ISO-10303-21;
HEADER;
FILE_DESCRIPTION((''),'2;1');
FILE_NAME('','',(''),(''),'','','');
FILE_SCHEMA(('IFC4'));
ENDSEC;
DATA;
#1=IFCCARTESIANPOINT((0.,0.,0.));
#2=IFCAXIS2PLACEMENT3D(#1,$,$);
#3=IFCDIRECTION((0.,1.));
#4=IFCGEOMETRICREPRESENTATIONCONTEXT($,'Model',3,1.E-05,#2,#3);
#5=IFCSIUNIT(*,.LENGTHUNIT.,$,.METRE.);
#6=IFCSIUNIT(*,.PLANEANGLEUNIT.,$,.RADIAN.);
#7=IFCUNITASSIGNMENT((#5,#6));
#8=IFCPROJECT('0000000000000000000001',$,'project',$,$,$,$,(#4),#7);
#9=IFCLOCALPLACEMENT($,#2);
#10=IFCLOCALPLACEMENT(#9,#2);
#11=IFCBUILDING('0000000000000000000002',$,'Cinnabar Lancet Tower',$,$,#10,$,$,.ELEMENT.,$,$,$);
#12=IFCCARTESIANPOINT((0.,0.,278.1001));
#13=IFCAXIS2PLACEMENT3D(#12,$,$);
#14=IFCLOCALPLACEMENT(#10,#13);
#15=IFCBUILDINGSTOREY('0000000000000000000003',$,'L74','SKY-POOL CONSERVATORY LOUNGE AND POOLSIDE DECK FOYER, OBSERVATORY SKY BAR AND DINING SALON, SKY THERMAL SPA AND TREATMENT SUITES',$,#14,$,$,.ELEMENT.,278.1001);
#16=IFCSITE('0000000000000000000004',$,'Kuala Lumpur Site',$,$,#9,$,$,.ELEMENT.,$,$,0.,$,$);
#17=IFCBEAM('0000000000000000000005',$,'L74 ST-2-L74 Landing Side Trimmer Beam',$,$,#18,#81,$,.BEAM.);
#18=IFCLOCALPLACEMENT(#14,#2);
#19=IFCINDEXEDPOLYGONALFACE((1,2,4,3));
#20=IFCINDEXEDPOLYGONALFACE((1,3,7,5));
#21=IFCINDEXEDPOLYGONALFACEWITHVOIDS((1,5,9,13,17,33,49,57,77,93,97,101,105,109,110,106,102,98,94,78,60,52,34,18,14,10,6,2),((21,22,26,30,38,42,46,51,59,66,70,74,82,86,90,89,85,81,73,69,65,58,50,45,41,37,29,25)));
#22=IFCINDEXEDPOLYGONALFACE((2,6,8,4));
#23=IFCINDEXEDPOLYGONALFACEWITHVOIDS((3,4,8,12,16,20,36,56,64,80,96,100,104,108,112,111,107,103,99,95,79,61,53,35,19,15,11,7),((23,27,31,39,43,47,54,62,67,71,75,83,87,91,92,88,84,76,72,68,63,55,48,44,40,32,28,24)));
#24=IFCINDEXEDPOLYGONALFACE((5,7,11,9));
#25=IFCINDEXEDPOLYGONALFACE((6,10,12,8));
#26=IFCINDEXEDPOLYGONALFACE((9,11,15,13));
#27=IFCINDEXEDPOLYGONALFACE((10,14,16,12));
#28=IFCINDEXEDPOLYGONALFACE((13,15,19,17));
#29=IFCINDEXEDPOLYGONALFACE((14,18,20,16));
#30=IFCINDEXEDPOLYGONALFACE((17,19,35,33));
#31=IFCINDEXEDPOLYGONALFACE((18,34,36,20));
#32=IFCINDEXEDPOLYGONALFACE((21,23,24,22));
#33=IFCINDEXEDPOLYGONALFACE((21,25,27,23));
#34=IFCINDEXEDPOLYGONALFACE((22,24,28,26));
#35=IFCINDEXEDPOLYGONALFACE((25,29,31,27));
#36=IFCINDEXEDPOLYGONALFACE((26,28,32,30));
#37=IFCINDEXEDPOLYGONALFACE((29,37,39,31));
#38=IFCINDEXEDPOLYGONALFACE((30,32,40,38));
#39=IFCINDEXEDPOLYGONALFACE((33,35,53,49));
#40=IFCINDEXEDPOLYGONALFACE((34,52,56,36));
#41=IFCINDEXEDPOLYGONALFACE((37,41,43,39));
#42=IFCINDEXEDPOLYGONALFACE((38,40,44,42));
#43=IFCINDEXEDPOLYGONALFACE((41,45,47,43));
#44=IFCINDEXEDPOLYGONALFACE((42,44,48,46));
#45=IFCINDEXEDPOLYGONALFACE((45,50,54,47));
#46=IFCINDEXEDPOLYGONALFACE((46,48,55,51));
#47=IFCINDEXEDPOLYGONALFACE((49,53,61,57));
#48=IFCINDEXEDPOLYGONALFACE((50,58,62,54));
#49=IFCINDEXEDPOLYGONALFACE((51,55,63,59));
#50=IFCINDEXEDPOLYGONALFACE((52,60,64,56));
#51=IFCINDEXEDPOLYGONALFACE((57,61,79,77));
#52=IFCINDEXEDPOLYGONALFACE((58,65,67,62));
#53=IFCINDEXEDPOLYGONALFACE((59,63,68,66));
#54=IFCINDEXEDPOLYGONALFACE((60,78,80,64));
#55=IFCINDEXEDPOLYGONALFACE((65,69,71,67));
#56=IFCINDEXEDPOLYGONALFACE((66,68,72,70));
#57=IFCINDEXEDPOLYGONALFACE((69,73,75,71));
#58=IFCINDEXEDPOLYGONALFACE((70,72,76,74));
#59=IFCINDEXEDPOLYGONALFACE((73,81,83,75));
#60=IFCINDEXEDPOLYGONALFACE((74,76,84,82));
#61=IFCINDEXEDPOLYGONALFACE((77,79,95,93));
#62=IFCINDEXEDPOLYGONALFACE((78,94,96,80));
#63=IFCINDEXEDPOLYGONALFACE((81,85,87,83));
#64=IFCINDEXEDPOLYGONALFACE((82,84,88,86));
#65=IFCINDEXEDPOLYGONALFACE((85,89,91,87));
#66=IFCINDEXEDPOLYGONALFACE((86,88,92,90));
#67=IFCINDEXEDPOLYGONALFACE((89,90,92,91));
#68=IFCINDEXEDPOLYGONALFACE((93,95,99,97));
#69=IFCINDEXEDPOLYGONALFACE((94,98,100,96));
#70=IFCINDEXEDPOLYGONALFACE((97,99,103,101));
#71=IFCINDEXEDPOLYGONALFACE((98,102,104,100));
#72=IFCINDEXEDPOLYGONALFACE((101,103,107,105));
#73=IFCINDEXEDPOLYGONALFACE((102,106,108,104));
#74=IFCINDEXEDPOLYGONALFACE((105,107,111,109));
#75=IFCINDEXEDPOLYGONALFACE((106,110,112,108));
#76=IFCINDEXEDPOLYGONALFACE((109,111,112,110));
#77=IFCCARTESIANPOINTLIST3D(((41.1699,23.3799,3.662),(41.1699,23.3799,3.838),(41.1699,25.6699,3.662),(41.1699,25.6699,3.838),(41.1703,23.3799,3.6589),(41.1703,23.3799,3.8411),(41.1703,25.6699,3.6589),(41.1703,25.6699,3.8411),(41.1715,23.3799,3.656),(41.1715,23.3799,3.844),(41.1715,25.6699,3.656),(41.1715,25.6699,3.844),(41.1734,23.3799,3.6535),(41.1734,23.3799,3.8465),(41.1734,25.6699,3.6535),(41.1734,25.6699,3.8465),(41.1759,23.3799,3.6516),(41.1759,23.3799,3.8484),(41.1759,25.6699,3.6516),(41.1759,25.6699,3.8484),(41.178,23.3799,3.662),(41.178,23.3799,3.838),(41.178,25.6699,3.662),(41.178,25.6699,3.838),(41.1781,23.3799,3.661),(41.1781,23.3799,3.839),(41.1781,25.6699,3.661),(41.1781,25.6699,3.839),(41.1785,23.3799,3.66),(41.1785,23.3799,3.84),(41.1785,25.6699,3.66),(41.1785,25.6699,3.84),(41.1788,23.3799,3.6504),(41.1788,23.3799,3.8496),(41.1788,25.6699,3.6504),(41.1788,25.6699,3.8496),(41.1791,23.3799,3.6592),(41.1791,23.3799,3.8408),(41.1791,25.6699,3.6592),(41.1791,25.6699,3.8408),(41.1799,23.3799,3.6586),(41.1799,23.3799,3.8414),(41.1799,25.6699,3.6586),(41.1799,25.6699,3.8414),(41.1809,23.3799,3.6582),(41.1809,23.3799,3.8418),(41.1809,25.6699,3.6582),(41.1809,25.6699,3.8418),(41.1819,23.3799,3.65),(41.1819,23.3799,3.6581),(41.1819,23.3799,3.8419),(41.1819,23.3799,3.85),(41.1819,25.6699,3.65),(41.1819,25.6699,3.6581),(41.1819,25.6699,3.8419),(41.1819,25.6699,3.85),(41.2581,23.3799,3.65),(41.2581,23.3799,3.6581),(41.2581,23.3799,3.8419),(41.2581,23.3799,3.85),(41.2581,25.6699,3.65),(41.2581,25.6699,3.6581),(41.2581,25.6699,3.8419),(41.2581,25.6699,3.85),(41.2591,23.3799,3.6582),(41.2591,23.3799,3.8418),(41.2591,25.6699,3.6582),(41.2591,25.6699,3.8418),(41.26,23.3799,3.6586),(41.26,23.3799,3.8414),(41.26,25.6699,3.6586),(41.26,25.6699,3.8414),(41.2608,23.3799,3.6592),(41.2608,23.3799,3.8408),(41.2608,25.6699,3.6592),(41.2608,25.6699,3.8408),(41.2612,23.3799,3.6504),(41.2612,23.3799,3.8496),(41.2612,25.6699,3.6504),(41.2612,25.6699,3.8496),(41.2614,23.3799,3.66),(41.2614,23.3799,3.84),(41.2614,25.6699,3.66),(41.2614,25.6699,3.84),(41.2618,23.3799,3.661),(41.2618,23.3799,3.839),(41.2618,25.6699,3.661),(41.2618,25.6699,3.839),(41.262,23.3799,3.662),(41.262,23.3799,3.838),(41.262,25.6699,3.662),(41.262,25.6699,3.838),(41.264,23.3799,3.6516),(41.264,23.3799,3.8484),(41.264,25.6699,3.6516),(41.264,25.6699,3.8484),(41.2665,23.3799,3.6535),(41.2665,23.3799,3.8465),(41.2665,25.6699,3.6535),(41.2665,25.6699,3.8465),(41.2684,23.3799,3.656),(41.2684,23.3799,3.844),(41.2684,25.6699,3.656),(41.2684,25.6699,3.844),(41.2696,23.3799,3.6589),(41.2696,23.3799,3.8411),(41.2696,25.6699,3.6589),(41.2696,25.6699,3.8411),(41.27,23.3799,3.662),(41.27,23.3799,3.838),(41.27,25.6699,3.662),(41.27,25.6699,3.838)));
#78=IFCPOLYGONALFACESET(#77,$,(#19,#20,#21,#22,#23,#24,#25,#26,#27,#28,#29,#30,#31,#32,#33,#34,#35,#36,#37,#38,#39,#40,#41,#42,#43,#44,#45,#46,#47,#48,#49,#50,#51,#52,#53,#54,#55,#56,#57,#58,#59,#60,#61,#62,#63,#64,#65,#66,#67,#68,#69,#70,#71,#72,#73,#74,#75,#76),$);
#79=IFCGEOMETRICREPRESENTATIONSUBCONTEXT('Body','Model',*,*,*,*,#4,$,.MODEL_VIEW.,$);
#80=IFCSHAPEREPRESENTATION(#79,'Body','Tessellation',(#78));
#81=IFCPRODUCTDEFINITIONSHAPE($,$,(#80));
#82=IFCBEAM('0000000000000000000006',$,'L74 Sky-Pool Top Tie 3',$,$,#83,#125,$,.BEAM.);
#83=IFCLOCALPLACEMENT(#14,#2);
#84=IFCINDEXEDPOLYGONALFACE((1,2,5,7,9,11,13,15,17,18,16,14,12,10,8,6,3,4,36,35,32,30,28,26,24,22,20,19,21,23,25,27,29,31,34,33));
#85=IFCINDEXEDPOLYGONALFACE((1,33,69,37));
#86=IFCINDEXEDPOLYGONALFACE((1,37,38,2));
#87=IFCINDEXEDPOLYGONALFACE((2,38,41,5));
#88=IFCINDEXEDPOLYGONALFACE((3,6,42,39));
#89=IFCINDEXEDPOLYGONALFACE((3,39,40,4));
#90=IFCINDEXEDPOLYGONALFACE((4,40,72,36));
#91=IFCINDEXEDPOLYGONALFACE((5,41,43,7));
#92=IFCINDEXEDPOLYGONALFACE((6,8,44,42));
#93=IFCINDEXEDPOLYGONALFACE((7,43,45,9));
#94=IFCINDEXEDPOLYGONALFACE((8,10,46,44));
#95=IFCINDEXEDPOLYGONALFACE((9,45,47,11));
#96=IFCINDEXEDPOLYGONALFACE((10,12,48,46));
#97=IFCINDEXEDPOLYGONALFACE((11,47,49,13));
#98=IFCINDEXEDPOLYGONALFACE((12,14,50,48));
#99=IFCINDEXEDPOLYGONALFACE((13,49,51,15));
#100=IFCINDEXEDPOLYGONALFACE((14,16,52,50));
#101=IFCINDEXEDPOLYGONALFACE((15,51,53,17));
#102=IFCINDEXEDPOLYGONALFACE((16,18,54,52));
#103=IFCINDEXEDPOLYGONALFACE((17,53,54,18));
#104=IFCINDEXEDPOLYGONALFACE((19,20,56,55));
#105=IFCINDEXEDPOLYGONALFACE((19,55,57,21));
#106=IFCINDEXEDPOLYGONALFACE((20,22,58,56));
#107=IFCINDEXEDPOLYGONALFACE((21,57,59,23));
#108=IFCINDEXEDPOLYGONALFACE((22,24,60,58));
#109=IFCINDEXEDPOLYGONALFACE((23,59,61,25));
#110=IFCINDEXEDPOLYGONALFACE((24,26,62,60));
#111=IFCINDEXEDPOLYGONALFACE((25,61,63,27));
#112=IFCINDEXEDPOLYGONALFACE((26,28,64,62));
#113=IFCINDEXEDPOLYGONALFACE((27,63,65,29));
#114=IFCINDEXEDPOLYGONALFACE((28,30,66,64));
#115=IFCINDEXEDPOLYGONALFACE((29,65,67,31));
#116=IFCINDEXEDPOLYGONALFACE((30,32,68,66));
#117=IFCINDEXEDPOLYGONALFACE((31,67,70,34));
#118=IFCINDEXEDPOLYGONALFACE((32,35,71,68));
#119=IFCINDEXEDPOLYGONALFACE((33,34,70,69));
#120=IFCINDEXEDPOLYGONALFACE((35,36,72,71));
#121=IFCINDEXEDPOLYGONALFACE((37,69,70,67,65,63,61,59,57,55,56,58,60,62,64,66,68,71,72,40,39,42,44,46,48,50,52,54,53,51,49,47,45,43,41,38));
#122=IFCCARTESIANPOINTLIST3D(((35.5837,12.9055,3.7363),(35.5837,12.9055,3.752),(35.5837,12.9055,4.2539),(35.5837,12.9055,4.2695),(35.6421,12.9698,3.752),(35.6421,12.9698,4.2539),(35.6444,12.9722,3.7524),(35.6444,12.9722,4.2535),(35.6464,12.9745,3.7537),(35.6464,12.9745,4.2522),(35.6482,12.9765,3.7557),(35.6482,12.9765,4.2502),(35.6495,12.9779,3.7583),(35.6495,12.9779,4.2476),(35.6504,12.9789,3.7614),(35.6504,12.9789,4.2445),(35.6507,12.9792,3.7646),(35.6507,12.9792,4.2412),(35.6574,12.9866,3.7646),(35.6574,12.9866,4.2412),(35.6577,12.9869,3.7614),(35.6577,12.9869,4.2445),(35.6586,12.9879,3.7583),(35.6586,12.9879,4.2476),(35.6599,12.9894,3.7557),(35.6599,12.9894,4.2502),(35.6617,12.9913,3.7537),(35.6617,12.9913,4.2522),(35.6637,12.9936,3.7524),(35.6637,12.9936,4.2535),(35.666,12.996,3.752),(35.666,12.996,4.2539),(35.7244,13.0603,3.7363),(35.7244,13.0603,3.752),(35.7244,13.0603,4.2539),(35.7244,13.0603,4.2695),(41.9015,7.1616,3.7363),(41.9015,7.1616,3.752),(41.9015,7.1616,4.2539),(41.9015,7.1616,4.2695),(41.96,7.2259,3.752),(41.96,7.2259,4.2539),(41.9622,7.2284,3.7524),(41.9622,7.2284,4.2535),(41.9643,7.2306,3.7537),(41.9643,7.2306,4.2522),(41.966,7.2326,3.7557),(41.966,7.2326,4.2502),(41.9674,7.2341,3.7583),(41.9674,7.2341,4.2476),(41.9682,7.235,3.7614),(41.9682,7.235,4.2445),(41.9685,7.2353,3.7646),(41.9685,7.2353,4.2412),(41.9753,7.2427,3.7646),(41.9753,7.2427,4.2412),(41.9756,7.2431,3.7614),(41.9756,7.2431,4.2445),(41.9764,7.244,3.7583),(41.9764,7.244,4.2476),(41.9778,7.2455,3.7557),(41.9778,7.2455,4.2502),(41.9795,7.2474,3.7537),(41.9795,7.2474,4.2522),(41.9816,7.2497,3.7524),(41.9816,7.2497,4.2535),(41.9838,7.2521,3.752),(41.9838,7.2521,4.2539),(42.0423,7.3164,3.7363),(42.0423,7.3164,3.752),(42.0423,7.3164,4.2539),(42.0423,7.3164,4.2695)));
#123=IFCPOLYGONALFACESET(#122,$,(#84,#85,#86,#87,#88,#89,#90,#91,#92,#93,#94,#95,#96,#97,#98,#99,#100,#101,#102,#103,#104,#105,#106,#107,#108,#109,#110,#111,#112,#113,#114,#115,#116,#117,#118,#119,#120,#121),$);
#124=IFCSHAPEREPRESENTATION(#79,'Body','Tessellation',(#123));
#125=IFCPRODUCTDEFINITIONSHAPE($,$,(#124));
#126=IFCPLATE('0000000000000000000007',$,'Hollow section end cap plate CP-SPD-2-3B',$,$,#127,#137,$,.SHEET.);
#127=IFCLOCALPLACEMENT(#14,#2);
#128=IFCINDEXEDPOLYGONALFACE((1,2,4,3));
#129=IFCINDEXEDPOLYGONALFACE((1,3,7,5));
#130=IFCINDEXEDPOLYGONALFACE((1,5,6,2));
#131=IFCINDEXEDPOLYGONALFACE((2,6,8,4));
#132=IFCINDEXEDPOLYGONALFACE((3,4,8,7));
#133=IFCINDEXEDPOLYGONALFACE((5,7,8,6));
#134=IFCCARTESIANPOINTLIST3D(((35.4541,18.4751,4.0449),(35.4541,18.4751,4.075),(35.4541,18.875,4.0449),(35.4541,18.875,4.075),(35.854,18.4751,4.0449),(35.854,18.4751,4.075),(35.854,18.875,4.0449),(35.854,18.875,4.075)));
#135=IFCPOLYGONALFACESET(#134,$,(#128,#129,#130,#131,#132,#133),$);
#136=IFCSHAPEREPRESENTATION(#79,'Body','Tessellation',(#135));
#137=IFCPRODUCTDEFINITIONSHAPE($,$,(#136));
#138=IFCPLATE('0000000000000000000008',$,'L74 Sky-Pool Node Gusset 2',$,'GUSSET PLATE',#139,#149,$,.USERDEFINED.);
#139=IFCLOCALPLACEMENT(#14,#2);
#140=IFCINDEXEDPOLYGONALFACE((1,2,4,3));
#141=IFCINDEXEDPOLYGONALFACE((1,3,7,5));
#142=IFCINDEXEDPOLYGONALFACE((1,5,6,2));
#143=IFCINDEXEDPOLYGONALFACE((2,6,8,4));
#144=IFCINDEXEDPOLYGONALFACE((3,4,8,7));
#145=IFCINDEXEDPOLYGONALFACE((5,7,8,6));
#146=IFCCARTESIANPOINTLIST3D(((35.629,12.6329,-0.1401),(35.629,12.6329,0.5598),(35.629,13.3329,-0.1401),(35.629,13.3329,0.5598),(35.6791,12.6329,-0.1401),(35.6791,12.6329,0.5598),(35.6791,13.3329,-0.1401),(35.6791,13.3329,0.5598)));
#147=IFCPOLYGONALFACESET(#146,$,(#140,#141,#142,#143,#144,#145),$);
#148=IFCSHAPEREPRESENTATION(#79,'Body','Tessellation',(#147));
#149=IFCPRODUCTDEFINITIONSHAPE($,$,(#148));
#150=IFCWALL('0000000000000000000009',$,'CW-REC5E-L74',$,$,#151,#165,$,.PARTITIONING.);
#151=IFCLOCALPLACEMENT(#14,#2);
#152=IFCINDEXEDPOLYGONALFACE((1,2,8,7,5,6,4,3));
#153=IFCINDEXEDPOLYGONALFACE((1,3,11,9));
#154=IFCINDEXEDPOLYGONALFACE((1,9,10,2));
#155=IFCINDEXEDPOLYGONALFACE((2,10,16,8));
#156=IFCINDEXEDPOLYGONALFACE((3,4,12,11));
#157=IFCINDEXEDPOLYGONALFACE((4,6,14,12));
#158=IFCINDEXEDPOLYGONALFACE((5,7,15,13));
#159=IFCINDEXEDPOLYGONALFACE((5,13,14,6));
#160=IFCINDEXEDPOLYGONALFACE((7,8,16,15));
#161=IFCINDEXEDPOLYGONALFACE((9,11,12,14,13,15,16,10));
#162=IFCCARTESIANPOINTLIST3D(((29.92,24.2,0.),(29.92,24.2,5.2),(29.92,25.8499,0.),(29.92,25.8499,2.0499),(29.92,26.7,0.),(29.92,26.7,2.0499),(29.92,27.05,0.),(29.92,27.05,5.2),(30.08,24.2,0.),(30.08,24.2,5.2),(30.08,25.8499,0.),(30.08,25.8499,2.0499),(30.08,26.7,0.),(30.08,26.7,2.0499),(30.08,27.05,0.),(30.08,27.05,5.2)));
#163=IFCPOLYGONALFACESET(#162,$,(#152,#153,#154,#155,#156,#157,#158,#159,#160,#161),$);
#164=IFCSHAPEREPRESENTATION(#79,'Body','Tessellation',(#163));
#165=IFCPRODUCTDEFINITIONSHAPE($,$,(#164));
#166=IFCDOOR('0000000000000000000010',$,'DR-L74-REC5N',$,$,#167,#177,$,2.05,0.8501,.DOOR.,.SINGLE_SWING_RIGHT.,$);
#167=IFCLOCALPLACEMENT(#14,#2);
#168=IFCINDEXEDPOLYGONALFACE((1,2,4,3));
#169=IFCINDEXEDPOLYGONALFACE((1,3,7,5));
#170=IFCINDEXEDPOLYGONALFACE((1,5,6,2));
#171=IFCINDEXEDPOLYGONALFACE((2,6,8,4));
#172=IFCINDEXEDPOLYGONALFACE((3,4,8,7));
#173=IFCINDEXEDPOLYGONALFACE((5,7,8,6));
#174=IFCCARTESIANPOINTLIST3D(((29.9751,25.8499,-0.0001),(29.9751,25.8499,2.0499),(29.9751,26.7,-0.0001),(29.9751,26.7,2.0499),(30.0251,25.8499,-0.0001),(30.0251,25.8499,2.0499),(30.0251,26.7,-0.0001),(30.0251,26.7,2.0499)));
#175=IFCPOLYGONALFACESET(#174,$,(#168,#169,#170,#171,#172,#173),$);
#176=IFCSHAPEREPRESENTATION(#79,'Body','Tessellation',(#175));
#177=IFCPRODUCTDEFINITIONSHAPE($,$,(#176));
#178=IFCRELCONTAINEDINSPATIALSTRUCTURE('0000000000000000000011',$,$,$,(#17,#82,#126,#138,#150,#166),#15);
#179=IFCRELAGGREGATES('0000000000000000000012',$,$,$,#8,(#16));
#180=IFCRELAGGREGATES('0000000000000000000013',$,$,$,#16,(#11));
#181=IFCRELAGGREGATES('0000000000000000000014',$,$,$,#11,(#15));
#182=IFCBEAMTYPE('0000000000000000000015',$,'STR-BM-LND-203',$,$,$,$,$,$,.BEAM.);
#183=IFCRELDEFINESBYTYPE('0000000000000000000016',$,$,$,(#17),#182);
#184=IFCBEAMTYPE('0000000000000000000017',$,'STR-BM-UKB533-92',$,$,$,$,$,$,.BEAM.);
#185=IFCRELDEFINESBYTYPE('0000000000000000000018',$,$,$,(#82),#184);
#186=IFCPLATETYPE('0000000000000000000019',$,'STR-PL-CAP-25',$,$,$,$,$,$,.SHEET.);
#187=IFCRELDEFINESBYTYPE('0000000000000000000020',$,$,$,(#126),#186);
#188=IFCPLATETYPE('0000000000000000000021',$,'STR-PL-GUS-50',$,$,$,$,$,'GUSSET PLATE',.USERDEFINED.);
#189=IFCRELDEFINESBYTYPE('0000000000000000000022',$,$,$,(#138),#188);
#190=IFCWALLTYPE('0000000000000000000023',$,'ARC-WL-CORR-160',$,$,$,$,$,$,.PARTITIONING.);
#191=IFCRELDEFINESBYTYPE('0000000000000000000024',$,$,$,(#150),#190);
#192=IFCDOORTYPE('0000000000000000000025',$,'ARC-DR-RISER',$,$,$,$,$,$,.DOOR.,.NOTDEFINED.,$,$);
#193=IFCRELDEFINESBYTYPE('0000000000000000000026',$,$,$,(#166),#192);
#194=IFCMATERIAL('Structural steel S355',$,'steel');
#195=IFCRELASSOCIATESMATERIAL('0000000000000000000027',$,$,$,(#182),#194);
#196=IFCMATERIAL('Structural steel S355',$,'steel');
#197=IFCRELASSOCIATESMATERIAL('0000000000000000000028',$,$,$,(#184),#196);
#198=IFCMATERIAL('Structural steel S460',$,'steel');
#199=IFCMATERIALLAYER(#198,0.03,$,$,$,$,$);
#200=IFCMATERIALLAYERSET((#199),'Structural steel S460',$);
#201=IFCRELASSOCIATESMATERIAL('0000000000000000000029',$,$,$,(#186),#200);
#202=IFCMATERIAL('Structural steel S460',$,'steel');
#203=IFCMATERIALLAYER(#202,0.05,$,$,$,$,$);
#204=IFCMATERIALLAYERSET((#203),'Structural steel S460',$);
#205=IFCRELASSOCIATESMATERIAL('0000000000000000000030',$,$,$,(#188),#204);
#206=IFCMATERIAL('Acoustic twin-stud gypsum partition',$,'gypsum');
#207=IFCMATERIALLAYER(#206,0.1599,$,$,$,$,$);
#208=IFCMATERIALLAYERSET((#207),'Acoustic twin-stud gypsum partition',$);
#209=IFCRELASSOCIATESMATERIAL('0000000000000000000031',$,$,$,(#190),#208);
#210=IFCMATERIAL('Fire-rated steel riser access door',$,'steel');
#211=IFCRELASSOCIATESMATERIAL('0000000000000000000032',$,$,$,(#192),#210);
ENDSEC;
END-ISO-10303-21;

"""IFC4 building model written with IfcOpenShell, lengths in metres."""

from ifc_helpers import new_model, si_unit, direction, frame, frame_2d, origin, origin_2d, place, context, subcontext, project, spatial, rectangle, hollow_rectangle, i_section, extrude, material, layer, layer_set, material_profile, profile_set, type_object, element, fill, save


model = new_model("IFC4")

# Units and contexts
model_context = context("Model", 3, precision=1e-05, world=origin(), true_north=direction((0.0, 1.0)))
body_context = subcontext(model_context, "Body", "Model", "MODEL_VIEW")
ifc_project = project(units=[si_unit("LENGTHUNIT", "METRE"), si_unit("PLANEANGLEUNIT", "RADIAN")], contexts=[model_context])

# Site, building, storey
site_placement = place(None, origin())
site = spatial("IfcSite", under=ifc_project, at=site_placement, Name="Kuala Lumpur Site", CompositionType="ELEMENT", RefElevation=0.0)
building_placement = place(site_placement, origin())
building = spatial("IfcBuilding", under=site, at=building_placement, Name="Cinnabar Lancet Tower", CompositionType="ELEMENT")
storey_placement = place(building_placement, frame((0.0, 0.0, 278.1001)))
storey = spatial("IfcBuildingStorey", under=building, at=storey_placement, Name="L74", Description="SKY-POOL CONSERVATORY LOUNGE AND POOLSIDE DECK FOYER, OBSERVATORY SKY BAR AND DINING SALON, SKY THERMAL SPA AND TREATMENT SUITES", CompositionType="ELEMENT", Elevation=278.1001)

# Beams
ifc_material_1 = material(Name="Structural steel S355", Category="steel")
ifc_material_profile_1 = material_profile(ifc_material_1, hollow_rectangle(XDim=0.1001, YDim=0.2, WallThickness=0.0081, InnerFilletRadius=0.0039, OuterFilletRadius=0.012, at=origin_2d()), Name="RHS 200x100x8")
ifc_profile_set_1 = profile_set([ifc_material_profile_1], Name="Structural steel S355")
beam_type_1 = type_object("IfcBeamType", Name="STR-BM-LND-203", PredefinedType="BEAM", material=ifc_profile_set_1)
beam_1_placement = place(storey_placement, frame((41.22, 23.3799, 3.75), z_axis=(0.0, 1.0, 0.0), x_axis=(-1.0, 0.0, 0.0)))
element("IfcBeam", 1, at=beam_1_placement, inside=storey, type_object=beam_type_1, Name="L74 ST-2-L74 Landing Side Trimmer Beam", PredefinedType="BEAM", context=body_context, shape_type="SweptSolid", body=[
    extrude(hollow_rectangle(XDim=0.1001, YDim=0.2, WallThickness=0.0081, InnerFilletRadius=0.0039, OuterFilletRadius=0.012, at=origin_2d()), origin(), (0.0, 0.0, 1.0), 2.29),
])
ifc_material_2 = material(Name="Structural steel S355", Category="steel")
ifc_material_profile_2 = material_profile(ifc_material_2, i_section(OverallWidth=0.2092, OverallDepth=0.5332, WebThickness=0.01, FlangeThickness=0.0156, FilletRadius=0.0127, at=origin_2d()), Name="UKB 533x210x92")
ifc_profile_set_2 = profile_set([ifc_material_profile_2], Name="Structural steel S355")
beam_type_2 = type_object("IfcBeamType", Name="STR-BM-UKB533-92", PredefinedType="BEAM", material=ifc_profile_set_2)
beam_2_placement = place(storey_placement, frame((35.6541, 12.9829, 4.0029), z_axis=(0.739918, -0.672697, 0.0), x_axis=(0.672697, 0.739918, 0.0)))
element("IfcBeam", 2, at=beam_2_placement, inside=storey, type_object=beam_type_2, Name="L74 Sky-Pool Top Tie 3", PredefinedType="BEAM", context=body_context, shape_type="SweptSolid", body=[
    extrude(i_section(OverallWidth=0.2092, OverallDepth=0.5332, WebThickness=0.01, FlangeThickness=0.0156, FilletRadius=0.0127, at=origin_2d()), origin(), (0.0, 0.0, 1.0), 8.5386),
])

# Plates
ifc_material_3 = material(Name="Structural steel S460", Category="steel")
ifc_layer_1 = layer(ifc_material_3, 0.03)
ifc_layer_set_1 = layer_set([ifc_layer_1], Name="Structural steel S460")
plate_type_1 = type_object("IfcPlateType", Name="STR-PL-CAP-25", PredefinedType="SHEET", material=ifc_layer_set_1)
plate_1_placement = place(storey_placement, frame((35.6541, 18.675, 4.0449), z_axis=(0.0, 0.0, 1.0), x_axis=(0.0, 1.0, 0.0)))
element("IfcPlate", 3, at=plate_1_placement, inside=storey, type_object=plate_type_1, Name="Hollow section end cap plate CP-SPD-2-3B", PredefinedType="SHEET", context=body_context, shape_type="SweptSolid", body=[
    extrude(rectangle(XDim=0.3999, YDim=0.3999, at=origin_2d()), origin(), (0.0, 0.0, 1.0), 0.03),
])
ifc_material_4 = material(Name="Structural steel S460", Category="steel")
ifc_layer_2 = layer(ifc_material_4, 0.05)
ifc_layer_set_2 = layer_set([ifc_layer_2], Name="Structural steel S460")
plate_type_2 = type_object("IfcPlateType", Name="STR-PL-GUS-50", ElementType="GUSSET PLATE", PredefinedType="USERDEFINED", material=ifc_layer_set_2)
plate_2_placement = place(storey_placement, frame((35.6541, 12.9829, -0.1401), z_axis=(0.0, 0.0, 1.0), x_axis=(1.0, 0.0, 0.0)))
element("IfcPlate", 4, at=plate_2_placement, inside=storey, type_object=plate_type_2, Name="L74 Sky-Pool Node Gusset 2", ObjectType="GUSSET PLATE", PredefinedType="USERDEFINED", context=body_context, shape_type="SweptSolid", body=[
    extrude(rectangle(XDim=0.05, YDim=0.7, at=origin_2d()), origin(), (0.0, 0.0, 1.0), 0.7),
])

# Wall, opening, door
ifc_material_5 = material(Name="Acoustic twin-stud gypsum partition", Category="gypsum")
ifc_layer_3 = layer(ifc_material_5, 0.1599)
ifc_layer_set_3 = layer_set([ifc_layer_3], Name="Acoustic twin-stud gypsum partition")
wall_type_1 = type_object("IfcWallType", Name="ARC-WL-CORR-160", PredefinedType="PARTITIONING", material=ifc_layer_set_3)
wall_1_placement = place(storey_placement, frame((30.0, 24.2, 0.0), z_axis=(0.0, 0.0, 1.0), x_axis=(0.0, 1.0, 0.0)))
wall_1 = element("IfcWall", 5, at=wall_1_placement, inside=storey, type_object=wall_type_1, Name="CW-REC5E-L74", PredefinedType="PARTITIONING", context=body_context, shape_type="SweptSolid", body=[
    extrude(rectangle(XDim=2.8501, YDim=0.1599, at=frame_2d((1.425, 0.0))), origin(), (0.0, 0.0, 1.0), 5.2),
])
opening_1_placement = place(wall_1_placement, frame((1.6499, 0.0, 0.0)))
opening_1 = element("IfcOpeningElement", 6, at=opening_1_placement, cuts=wall_1, PredefinedType="OPENING", context=body_context, shape_type="SweptSolid", body=[
    extrude(rectangle(XDim=0.8501, YDim=2.05, at=frame_2d((0.425, 1.0249))), frame((0.0, 0.0898, 0.0), z_axis=(0.0, -1.0, 0.0), x_axis=(1.0, 0.0, 0.0)), (0.0, 0.0, 1.0), 0.1799),
])
ifc_material_6 = material(Name="Fire-rated steel riser access door", Category="steel")
door_type_1 = type_object("IfcDoorType", Name="ARC-DR-RISER", OperationType="NOTDEFINED", PredefinedType="DOOR", material=ifc_material_6)
door_1_placement = place(opening_1_placement, origin())
door_1 = element("IfcDoor", 7, at=door_1_placement, inside=storey, type_object=door_type_1, Name="DR-L74-REC5N", OperationType="SINGLE_SWING_RIGHT", OverallHeight=2.05, OverallWidth=0.8501, PredefinedType="DOOR", context=body_context, shape_type="SweptSolid", body=[
    extrude(rectangle(XDim=0.8501, YDim=2.05, at=frame_2d((0.425, 1.0249))), frame((0.0, 0.0249, 0.0), z_axis=(0.0, -1.0, 0.0), x_axis=(1.0, 0.0, 0.0)), (0.0, 0.0, 1.0), 0.05),
])
fill(opening_1, door_1)

save(model, "model.ifc")
